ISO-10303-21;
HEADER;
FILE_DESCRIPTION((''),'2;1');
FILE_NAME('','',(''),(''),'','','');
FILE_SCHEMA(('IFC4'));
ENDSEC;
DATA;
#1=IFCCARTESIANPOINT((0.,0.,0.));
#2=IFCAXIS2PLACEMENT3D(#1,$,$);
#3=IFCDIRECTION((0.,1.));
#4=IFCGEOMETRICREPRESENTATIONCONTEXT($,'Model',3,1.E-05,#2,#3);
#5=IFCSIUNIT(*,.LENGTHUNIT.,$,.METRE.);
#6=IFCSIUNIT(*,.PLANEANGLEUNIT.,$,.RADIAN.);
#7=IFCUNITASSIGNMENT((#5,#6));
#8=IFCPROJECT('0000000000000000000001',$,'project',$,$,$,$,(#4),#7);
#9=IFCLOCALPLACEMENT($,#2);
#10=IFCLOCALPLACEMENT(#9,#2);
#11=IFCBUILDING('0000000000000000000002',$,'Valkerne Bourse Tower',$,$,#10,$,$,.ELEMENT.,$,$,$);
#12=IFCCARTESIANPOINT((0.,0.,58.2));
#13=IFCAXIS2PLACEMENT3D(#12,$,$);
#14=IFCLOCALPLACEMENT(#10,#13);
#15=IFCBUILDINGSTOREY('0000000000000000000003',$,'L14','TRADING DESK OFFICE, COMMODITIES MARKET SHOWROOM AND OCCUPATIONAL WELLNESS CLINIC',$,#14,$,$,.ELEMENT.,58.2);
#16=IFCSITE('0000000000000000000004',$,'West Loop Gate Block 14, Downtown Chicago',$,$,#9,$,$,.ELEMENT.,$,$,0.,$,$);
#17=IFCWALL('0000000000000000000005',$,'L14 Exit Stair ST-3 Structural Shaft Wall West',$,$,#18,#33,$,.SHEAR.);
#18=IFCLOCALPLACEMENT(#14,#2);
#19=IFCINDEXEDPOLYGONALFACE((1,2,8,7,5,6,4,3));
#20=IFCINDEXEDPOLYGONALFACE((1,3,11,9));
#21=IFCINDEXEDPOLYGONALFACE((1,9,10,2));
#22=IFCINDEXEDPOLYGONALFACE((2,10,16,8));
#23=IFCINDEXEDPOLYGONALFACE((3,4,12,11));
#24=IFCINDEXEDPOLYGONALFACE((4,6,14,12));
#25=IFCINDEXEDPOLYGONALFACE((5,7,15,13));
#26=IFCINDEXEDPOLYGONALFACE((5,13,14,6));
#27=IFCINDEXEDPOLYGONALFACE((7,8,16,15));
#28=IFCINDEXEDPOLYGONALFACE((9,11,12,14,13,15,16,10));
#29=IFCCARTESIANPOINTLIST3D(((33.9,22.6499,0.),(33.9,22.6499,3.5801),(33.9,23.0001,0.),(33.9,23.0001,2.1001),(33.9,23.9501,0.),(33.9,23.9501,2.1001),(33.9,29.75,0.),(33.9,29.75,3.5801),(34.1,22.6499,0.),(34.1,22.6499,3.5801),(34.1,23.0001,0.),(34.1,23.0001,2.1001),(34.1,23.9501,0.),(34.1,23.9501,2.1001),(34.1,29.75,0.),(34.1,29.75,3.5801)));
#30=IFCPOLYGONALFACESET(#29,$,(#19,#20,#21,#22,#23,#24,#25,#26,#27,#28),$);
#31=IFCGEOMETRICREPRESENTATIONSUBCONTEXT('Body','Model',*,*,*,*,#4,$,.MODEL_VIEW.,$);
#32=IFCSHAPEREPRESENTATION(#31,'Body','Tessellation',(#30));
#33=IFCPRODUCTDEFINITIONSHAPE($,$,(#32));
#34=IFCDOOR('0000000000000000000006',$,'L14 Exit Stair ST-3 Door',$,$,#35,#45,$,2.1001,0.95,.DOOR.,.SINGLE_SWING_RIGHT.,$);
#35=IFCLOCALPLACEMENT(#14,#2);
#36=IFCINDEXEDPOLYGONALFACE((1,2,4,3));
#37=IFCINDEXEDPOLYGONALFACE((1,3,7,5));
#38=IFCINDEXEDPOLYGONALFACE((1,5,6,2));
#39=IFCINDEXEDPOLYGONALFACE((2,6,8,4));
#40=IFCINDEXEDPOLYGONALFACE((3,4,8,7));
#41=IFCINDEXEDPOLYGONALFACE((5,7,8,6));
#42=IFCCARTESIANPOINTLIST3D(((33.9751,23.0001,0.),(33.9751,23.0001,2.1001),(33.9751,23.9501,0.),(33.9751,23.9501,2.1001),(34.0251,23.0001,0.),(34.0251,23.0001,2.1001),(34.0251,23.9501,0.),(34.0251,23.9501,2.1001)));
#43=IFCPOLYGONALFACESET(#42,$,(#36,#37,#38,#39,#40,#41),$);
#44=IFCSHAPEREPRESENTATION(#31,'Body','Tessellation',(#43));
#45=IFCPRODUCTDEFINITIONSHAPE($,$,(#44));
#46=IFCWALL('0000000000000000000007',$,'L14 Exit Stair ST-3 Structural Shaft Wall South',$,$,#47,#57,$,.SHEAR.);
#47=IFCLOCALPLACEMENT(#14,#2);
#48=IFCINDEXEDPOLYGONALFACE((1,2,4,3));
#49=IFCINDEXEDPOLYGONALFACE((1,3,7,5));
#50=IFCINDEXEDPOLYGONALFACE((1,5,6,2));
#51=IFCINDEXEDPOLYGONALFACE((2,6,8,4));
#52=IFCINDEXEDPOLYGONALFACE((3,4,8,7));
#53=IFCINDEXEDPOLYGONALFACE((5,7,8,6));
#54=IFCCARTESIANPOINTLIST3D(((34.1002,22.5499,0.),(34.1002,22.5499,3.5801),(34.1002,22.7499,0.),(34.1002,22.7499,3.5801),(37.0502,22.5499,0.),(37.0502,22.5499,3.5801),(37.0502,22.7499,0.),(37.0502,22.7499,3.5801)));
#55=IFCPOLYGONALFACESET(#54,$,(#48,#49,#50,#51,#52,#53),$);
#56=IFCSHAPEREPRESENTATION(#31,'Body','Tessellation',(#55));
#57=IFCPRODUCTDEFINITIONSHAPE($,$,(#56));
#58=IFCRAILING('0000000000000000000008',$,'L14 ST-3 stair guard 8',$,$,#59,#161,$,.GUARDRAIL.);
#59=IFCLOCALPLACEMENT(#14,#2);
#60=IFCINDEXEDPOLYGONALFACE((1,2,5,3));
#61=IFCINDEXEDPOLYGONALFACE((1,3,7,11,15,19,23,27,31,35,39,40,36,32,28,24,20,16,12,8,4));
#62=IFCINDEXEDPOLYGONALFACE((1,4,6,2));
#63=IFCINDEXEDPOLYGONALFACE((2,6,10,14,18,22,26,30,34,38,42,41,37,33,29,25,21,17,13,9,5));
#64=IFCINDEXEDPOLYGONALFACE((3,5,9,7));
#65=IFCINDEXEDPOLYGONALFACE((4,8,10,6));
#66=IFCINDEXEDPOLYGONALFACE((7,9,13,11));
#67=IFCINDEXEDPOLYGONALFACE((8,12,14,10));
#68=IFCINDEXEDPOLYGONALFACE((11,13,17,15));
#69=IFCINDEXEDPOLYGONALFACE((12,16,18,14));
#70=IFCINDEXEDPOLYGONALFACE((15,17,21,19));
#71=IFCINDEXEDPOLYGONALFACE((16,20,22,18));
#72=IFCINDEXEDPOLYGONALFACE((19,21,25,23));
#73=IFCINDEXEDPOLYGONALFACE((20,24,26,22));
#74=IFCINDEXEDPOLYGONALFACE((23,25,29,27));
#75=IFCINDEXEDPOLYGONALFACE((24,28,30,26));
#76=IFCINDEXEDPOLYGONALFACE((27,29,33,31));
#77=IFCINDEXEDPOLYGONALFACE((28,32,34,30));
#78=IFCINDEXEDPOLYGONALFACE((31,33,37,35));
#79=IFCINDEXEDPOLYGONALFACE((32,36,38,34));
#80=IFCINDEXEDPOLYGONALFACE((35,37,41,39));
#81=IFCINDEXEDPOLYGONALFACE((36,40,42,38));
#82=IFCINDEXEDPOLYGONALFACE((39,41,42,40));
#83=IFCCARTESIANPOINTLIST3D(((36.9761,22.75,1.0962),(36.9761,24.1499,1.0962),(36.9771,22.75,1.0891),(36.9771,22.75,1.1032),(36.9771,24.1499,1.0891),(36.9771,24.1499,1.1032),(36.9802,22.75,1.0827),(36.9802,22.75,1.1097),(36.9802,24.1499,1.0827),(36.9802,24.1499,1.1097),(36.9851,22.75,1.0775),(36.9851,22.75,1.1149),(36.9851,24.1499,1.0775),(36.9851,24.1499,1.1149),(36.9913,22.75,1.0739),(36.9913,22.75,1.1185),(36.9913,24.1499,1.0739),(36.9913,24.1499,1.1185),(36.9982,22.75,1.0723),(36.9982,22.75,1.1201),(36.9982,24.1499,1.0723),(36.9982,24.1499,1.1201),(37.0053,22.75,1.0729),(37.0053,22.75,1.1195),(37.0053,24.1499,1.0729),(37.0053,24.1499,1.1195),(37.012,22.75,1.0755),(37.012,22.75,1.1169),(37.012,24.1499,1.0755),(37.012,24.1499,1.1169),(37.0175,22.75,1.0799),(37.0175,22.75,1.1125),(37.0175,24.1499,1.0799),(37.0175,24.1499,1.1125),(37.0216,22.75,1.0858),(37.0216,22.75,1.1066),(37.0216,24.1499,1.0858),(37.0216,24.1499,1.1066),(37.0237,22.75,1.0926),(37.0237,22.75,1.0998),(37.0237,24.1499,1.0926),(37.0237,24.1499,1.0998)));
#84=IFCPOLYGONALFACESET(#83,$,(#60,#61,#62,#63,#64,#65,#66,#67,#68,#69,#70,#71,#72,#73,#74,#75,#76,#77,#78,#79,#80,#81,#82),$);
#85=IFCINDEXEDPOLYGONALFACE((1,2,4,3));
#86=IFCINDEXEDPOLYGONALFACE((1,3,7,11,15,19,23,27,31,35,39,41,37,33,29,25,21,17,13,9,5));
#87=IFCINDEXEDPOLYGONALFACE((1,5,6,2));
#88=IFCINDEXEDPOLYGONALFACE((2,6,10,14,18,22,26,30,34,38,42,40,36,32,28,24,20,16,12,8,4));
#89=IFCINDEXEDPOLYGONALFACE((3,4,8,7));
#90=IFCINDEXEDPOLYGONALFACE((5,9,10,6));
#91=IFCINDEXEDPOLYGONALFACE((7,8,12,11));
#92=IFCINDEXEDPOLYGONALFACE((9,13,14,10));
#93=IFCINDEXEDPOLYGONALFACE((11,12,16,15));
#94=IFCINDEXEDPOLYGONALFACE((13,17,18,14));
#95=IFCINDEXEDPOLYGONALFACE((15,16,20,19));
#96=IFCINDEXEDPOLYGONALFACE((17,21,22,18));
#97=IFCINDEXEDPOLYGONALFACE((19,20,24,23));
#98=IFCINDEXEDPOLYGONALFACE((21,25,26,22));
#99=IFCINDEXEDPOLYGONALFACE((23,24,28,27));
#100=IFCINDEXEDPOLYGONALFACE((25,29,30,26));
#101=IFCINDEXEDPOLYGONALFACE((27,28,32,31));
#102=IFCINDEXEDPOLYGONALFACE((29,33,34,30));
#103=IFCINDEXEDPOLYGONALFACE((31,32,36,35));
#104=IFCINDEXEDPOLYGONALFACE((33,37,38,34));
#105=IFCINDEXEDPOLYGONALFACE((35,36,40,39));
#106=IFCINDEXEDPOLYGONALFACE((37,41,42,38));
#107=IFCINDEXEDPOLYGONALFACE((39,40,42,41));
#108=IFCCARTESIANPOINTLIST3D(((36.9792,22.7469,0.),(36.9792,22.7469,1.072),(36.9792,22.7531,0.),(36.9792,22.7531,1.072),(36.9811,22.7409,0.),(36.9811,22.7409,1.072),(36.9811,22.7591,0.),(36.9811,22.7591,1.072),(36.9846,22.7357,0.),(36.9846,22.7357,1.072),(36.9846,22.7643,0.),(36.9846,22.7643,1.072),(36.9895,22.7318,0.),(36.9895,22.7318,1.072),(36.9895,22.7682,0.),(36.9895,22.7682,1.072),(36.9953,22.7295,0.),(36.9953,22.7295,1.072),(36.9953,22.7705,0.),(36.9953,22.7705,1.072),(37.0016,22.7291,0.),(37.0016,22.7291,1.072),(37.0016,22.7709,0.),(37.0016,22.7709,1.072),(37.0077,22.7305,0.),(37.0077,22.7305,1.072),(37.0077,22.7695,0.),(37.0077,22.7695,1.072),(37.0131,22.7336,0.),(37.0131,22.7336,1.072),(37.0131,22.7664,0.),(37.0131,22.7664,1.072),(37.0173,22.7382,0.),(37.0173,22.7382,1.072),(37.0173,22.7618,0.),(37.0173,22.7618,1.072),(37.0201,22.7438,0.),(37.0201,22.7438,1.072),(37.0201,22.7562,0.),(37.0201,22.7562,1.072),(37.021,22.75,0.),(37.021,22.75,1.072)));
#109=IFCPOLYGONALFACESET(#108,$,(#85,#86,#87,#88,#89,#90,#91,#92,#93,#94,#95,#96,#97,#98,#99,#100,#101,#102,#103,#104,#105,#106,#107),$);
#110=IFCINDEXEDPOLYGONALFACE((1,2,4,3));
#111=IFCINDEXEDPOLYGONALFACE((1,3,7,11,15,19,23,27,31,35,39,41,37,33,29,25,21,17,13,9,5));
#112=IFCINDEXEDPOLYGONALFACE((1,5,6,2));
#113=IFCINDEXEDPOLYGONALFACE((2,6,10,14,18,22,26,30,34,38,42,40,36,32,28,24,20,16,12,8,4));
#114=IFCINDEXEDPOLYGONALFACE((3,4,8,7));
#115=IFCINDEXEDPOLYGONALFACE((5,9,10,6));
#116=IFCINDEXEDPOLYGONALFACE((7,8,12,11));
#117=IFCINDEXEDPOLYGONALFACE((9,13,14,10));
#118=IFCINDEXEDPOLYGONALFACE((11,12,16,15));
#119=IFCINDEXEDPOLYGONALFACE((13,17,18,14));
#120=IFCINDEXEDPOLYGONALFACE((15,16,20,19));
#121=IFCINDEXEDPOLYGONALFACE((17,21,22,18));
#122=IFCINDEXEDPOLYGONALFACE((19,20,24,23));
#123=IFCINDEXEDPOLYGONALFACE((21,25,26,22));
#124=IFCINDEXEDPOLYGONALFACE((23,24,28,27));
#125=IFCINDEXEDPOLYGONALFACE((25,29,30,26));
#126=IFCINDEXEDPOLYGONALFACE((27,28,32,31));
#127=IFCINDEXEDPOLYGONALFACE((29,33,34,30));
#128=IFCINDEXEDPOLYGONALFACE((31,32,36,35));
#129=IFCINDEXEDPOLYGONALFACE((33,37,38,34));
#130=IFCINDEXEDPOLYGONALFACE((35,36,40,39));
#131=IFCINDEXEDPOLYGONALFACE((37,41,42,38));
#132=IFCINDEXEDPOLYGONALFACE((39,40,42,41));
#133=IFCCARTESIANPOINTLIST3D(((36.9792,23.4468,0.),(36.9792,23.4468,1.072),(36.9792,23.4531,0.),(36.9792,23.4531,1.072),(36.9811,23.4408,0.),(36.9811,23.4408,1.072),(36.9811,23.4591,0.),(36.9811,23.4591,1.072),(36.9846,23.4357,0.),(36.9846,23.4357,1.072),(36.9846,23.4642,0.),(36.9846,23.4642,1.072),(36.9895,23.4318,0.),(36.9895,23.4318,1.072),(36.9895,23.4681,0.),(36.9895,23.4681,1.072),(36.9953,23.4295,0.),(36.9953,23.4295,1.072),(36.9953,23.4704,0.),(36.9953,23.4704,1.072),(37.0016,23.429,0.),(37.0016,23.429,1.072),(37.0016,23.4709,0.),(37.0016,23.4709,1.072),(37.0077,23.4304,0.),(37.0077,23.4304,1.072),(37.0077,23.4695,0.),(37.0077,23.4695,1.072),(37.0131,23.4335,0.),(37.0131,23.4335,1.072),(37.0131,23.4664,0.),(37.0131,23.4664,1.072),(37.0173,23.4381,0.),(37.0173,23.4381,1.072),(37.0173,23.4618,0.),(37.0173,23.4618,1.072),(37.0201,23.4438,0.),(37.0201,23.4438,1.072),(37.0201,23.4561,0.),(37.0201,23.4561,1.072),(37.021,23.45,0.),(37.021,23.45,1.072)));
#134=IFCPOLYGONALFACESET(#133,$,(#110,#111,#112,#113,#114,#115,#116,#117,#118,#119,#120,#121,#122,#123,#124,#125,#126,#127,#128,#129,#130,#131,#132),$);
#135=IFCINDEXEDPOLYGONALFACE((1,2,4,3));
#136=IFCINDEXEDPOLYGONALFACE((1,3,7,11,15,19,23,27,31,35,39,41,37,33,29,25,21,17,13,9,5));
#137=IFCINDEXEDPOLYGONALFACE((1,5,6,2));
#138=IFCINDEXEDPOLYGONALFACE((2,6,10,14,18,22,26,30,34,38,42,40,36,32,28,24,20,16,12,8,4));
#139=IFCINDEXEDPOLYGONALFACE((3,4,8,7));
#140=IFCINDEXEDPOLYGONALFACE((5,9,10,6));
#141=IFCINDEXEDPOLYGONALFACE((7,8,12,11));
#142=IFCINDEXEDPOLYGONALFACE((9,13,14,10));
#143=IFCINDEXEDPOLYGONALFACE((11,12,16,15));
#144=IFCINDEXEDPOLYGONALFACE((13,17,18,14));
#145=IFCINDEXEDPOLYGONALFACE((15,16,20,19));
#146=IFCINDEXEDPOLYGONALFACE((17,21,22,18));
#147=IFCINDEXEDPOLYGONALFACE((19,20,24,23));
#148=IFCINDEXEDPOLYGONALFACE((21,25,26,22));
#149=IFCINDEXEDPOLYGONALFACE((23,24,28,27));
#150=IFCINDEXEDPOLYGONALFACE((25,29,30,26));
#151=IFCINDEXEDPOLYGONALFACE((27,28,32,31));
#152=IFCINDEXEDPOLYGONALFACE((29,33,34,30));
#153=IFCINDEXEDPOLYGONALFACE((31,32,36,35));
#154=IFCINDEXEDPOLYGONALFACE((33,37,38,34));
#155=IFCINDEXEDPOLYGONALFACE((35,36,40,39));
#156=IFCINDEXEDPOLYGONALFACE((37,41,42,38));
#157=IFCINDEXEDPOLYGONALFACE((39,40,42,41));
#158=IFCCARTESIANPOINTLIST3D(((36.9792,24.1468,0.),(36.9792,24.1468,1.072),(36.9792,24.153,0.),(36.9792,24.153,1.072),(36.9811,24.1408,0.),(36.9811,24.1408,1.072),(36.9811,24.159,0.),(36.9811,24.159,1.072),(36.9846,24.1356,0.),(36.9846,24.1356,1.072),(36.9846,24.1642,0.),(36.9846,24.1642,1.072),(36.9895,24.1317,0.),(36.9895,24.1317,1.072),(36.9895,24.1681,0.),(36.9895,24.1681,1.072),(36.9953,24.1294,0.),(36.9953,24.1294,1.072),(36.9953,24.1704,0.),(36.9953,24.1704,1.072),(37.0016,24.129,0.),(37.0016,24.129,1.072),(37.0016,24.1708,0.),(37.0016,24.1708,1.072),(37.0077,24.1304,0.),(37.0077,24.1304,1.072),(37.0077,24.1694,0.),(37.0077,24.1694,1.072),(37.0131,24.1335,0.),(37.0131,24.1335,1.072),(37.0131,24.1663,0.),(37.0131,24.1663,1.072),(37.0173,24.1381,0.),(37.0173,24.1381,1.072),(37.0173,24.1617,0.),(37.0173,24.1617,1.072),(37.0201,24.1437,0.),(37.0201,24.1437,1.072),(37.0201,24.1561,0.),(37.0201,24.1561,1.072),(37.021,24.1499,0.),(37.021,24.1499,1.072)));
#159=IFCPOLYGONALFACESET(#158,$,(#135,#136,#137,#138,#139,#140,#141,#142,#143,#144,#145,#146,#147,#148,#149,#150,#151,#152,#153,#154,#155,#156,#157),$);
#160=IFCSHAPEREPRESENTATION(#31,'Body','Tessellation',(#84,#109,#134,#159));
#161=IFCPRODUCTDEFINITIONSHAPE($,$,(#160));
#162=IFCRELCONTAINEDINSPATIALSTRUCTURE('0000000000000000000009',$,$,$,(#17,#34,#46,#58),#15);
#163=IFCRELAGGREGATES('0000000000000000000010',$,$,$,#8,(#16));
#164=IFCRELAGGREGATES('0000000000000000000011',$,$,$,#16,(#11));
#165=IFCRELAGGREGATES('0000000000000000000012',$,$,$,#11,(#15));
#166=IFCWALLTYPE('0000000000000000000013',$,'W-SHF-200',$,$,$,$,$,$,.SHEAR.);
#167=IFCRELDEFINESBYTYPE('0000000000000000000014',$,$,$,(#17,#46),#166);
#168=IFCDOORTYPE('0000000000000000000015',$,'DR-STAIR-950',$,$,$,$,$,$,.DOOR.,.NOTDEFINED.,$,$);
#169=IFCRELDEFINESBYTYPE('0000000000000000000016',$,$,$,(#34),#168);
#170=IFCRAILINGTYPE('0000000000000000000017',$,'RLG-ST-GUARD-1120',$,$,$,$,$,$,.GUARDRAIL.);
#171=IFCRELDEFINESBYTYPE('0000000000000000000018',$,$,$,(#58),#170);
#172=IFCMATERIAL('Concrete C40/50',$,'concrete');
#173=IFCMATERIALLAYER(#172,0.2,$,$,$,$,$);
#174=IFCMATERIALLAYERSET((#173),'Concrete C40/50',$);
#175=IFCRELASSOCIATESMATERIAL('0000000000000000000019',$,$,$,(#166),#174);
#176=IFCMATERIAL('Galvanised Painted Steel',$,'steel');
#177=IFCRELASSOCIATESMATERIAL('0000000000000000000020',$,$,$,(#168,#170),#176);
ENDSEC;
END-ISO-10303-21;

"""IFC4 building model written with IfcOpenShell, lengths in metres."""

from ifc_helpers import new_model, si_unit, direction, frame, frame_2d, origin, origin_2d, place, context, subcontext, project, spatial, rectangle, circle, extrude, material, layer, layer_set, type_object, element, fill, save


model = new_model("IFC4")

# Units and contexts
model_context = context("Model", 3, precision=1e-05, world=origin(), true_north=direction((0.0, 1.0)))
body_context = subcontext(model_context, "Body", "Model", "MODEL_VIEW")
ifc_project = project(units=[si_unit("LENGTHUNIT", "METRE"), si_unit("PLANEANGLEUNIT", "RADIAN")], contexts=[model_context])

# Site, building, storey
site_placement = place(None, origin())
site = spatial("IfcSite", under=ifc_project, at=site_placement, Name="West Loop Gate Block 14, Downtown Chicago", CompositionType="ELEMENT", RefElevation=0.0)
building_placement = place(site_placement, origin())
building = spatial("IfcBuilding", under=site, at=building_placement, Name="Valkerne Bourse Tower", CompositionType="ELEMENT")
storey_placement = place(building_placement, frame((0.0, 0.0, 58.2)))
storey = spatial("IfcBuildingStorey", under=building, at=storey_placement, Name="L14", Description="TRADING DESK OFFICE, COMMODITIES MARKET SHOWROOM AND OCCUPATIONAL WELLNESS CLINIC", CompositionType="ELEMENT", Elevation=58.2)

# Wall, opening, door
ifc_material_1 = material(Name="Concrete C40/50", Category="concrete")
ifc_layer_1 = layer(ifc_material_1, 0.2)
ifc_layer_set_1 = layer_set([ifc_layer_1], Name="Concrete C40/50")
wall_type_1 = type_object("IfcWallType", Name="W-SHF-200", PredefinedType="SHEAR", material=ifc_layer_set_1)
wall_1_placement = place(storey_placement, frame((34.0, 22.6499, 0.0), z_axis=(0.0, 0.0, 1.0), x_axis=(0.0, 1.0, 0.0)))
wall_1 = element("IfcWall", 1, at=wall_1_placement, inside=storey, type_object=wall_type_1, Name="L14 Exit Stair ST-3 Structural Shaft Wall West", PredefinedType="SHEAR", context=body_context, shape_type="SweptSolid", body=[
    extrude(rectangle(XDim=7.1001, YDim=0.2, at=frame_2d((3.55, 0.0))), origin(), (0.0, 0.0, 1.0), 3.5801),
])
opening_placement = place(wall_1_placement, frame((0.3501, 0.0, 0.0)))
opening = element("IfcOpeningElement", 2, at=opening_placement, cuts=wall_1, PredefinedType="OPENING", context=body_context, shape_type="SweptSolid", body=[
    extrude(rectangle(XDim=0.95, YDim=2.1001, at=frame_2d((0.4751, 1.05))), frame((0.0, 0.1099, 0.0), z_axis=(0.0, -1.0, 0.0), x_axis=(1.0, 0.0, 0.0)), (0.0, 0.0, 1.0), 0.22),
])
ifc_material_2 = material(Name="Galvanised Painted Steel", Category="steel")
door_type = type_object("IfcDoorType", Name="DR-STAIR-950", OperationType="NOTDEFINED", PredefinedType="DOOR", material=ifc_material_2)
door_placement = place(opening_placement, origin())
door = element("IfcDoor", 3, at=door_placement, inside=storey, type_object=door_type, Name="L14 Exit Stair ST-3 Door", OperationType="SINGLE_SWING_RIGHT", OverallHeight=2.1001, OverallWidth=0.95, PredefinedType="DOOR", context=body_context, shape_type="SweptSolid", body=[
    extrude(rectangle(XDim=0.95, YDim=2.1001, at=frame_2d((0.4751, 1.05))), frame((0.0, 0.0249, 0.0), z_axis=(0.0, -1.0, 0.0), x_axis=(1.0, 0.0, 0.0)), (0.0, 0.0, 1.0), 0.05),
])
fill(opening, door)

# Wall
wall_2_placement = place(storey_placement, frame((34.1001, 22.6499, 0.0), z_axis=(0.0, 0.0, 1.0), x_axis=(1.0, 0.0, 0.0)))
element("IfcWall", 4, at=wall_2_placement, inside=storey, type_object=wall_type_1, Name="L14 Exit Stair ST-3 Structural Shaft Wall South", PredefinedType="SHEAR", context=body_context, shape_type="SweptSolid", body=[
    extrude(rectangle(XDim=2.95, YDim=0.2, at=frame_2d((1.4751, 0.0))), origin(), (0.0, 0.0, 1.0), 3.5801),
])

# Railing
railing_type = type_object("IfcRailingType", Name="RLG-ST-GUARD-1120", PredefinedType="GUARDRAIL", material=ifc_material_2)
for number, where, name in (
    (5, (37.0, 22.75, 0.0), "L14 ST-3 stair guard 8"),
):
    element("IfcRailing", number, at=place(storey_placement, frame(where)), inside=storey, type_object=railing_type, Name=name, PredefinedType="GUARDRAIL", context=body_context, shape_type="SweptSolid", body=[
        extrude(circle(Radius=0.0239, at=origin_2d()), frame((0.0, 0.0, 1.0962), z_axis=(0.0, 1.0, 0.0), x_axis=(-1.0, 0.0, 0.0)), (0.0, 0.0, 1.0), 1.3999),
        extrude(circle(Radius=0.021, at=origin_2d()), origin(), (0.0, 0.0, 1.0), 1.072),
        extrude(circle(Radius=0.021, at=origin_2d()), frame((0.0, 0.7, 0.0)), (0.0, 0.0, 1.0), 1.072),
        extrude(circle(Radius=0.021, at=origin_2d()), frame((0.0, 1.3999, 0.0)), (0.0, 0.0, 1.0), 1.072),
    ])

save(model, "model.ifc")
